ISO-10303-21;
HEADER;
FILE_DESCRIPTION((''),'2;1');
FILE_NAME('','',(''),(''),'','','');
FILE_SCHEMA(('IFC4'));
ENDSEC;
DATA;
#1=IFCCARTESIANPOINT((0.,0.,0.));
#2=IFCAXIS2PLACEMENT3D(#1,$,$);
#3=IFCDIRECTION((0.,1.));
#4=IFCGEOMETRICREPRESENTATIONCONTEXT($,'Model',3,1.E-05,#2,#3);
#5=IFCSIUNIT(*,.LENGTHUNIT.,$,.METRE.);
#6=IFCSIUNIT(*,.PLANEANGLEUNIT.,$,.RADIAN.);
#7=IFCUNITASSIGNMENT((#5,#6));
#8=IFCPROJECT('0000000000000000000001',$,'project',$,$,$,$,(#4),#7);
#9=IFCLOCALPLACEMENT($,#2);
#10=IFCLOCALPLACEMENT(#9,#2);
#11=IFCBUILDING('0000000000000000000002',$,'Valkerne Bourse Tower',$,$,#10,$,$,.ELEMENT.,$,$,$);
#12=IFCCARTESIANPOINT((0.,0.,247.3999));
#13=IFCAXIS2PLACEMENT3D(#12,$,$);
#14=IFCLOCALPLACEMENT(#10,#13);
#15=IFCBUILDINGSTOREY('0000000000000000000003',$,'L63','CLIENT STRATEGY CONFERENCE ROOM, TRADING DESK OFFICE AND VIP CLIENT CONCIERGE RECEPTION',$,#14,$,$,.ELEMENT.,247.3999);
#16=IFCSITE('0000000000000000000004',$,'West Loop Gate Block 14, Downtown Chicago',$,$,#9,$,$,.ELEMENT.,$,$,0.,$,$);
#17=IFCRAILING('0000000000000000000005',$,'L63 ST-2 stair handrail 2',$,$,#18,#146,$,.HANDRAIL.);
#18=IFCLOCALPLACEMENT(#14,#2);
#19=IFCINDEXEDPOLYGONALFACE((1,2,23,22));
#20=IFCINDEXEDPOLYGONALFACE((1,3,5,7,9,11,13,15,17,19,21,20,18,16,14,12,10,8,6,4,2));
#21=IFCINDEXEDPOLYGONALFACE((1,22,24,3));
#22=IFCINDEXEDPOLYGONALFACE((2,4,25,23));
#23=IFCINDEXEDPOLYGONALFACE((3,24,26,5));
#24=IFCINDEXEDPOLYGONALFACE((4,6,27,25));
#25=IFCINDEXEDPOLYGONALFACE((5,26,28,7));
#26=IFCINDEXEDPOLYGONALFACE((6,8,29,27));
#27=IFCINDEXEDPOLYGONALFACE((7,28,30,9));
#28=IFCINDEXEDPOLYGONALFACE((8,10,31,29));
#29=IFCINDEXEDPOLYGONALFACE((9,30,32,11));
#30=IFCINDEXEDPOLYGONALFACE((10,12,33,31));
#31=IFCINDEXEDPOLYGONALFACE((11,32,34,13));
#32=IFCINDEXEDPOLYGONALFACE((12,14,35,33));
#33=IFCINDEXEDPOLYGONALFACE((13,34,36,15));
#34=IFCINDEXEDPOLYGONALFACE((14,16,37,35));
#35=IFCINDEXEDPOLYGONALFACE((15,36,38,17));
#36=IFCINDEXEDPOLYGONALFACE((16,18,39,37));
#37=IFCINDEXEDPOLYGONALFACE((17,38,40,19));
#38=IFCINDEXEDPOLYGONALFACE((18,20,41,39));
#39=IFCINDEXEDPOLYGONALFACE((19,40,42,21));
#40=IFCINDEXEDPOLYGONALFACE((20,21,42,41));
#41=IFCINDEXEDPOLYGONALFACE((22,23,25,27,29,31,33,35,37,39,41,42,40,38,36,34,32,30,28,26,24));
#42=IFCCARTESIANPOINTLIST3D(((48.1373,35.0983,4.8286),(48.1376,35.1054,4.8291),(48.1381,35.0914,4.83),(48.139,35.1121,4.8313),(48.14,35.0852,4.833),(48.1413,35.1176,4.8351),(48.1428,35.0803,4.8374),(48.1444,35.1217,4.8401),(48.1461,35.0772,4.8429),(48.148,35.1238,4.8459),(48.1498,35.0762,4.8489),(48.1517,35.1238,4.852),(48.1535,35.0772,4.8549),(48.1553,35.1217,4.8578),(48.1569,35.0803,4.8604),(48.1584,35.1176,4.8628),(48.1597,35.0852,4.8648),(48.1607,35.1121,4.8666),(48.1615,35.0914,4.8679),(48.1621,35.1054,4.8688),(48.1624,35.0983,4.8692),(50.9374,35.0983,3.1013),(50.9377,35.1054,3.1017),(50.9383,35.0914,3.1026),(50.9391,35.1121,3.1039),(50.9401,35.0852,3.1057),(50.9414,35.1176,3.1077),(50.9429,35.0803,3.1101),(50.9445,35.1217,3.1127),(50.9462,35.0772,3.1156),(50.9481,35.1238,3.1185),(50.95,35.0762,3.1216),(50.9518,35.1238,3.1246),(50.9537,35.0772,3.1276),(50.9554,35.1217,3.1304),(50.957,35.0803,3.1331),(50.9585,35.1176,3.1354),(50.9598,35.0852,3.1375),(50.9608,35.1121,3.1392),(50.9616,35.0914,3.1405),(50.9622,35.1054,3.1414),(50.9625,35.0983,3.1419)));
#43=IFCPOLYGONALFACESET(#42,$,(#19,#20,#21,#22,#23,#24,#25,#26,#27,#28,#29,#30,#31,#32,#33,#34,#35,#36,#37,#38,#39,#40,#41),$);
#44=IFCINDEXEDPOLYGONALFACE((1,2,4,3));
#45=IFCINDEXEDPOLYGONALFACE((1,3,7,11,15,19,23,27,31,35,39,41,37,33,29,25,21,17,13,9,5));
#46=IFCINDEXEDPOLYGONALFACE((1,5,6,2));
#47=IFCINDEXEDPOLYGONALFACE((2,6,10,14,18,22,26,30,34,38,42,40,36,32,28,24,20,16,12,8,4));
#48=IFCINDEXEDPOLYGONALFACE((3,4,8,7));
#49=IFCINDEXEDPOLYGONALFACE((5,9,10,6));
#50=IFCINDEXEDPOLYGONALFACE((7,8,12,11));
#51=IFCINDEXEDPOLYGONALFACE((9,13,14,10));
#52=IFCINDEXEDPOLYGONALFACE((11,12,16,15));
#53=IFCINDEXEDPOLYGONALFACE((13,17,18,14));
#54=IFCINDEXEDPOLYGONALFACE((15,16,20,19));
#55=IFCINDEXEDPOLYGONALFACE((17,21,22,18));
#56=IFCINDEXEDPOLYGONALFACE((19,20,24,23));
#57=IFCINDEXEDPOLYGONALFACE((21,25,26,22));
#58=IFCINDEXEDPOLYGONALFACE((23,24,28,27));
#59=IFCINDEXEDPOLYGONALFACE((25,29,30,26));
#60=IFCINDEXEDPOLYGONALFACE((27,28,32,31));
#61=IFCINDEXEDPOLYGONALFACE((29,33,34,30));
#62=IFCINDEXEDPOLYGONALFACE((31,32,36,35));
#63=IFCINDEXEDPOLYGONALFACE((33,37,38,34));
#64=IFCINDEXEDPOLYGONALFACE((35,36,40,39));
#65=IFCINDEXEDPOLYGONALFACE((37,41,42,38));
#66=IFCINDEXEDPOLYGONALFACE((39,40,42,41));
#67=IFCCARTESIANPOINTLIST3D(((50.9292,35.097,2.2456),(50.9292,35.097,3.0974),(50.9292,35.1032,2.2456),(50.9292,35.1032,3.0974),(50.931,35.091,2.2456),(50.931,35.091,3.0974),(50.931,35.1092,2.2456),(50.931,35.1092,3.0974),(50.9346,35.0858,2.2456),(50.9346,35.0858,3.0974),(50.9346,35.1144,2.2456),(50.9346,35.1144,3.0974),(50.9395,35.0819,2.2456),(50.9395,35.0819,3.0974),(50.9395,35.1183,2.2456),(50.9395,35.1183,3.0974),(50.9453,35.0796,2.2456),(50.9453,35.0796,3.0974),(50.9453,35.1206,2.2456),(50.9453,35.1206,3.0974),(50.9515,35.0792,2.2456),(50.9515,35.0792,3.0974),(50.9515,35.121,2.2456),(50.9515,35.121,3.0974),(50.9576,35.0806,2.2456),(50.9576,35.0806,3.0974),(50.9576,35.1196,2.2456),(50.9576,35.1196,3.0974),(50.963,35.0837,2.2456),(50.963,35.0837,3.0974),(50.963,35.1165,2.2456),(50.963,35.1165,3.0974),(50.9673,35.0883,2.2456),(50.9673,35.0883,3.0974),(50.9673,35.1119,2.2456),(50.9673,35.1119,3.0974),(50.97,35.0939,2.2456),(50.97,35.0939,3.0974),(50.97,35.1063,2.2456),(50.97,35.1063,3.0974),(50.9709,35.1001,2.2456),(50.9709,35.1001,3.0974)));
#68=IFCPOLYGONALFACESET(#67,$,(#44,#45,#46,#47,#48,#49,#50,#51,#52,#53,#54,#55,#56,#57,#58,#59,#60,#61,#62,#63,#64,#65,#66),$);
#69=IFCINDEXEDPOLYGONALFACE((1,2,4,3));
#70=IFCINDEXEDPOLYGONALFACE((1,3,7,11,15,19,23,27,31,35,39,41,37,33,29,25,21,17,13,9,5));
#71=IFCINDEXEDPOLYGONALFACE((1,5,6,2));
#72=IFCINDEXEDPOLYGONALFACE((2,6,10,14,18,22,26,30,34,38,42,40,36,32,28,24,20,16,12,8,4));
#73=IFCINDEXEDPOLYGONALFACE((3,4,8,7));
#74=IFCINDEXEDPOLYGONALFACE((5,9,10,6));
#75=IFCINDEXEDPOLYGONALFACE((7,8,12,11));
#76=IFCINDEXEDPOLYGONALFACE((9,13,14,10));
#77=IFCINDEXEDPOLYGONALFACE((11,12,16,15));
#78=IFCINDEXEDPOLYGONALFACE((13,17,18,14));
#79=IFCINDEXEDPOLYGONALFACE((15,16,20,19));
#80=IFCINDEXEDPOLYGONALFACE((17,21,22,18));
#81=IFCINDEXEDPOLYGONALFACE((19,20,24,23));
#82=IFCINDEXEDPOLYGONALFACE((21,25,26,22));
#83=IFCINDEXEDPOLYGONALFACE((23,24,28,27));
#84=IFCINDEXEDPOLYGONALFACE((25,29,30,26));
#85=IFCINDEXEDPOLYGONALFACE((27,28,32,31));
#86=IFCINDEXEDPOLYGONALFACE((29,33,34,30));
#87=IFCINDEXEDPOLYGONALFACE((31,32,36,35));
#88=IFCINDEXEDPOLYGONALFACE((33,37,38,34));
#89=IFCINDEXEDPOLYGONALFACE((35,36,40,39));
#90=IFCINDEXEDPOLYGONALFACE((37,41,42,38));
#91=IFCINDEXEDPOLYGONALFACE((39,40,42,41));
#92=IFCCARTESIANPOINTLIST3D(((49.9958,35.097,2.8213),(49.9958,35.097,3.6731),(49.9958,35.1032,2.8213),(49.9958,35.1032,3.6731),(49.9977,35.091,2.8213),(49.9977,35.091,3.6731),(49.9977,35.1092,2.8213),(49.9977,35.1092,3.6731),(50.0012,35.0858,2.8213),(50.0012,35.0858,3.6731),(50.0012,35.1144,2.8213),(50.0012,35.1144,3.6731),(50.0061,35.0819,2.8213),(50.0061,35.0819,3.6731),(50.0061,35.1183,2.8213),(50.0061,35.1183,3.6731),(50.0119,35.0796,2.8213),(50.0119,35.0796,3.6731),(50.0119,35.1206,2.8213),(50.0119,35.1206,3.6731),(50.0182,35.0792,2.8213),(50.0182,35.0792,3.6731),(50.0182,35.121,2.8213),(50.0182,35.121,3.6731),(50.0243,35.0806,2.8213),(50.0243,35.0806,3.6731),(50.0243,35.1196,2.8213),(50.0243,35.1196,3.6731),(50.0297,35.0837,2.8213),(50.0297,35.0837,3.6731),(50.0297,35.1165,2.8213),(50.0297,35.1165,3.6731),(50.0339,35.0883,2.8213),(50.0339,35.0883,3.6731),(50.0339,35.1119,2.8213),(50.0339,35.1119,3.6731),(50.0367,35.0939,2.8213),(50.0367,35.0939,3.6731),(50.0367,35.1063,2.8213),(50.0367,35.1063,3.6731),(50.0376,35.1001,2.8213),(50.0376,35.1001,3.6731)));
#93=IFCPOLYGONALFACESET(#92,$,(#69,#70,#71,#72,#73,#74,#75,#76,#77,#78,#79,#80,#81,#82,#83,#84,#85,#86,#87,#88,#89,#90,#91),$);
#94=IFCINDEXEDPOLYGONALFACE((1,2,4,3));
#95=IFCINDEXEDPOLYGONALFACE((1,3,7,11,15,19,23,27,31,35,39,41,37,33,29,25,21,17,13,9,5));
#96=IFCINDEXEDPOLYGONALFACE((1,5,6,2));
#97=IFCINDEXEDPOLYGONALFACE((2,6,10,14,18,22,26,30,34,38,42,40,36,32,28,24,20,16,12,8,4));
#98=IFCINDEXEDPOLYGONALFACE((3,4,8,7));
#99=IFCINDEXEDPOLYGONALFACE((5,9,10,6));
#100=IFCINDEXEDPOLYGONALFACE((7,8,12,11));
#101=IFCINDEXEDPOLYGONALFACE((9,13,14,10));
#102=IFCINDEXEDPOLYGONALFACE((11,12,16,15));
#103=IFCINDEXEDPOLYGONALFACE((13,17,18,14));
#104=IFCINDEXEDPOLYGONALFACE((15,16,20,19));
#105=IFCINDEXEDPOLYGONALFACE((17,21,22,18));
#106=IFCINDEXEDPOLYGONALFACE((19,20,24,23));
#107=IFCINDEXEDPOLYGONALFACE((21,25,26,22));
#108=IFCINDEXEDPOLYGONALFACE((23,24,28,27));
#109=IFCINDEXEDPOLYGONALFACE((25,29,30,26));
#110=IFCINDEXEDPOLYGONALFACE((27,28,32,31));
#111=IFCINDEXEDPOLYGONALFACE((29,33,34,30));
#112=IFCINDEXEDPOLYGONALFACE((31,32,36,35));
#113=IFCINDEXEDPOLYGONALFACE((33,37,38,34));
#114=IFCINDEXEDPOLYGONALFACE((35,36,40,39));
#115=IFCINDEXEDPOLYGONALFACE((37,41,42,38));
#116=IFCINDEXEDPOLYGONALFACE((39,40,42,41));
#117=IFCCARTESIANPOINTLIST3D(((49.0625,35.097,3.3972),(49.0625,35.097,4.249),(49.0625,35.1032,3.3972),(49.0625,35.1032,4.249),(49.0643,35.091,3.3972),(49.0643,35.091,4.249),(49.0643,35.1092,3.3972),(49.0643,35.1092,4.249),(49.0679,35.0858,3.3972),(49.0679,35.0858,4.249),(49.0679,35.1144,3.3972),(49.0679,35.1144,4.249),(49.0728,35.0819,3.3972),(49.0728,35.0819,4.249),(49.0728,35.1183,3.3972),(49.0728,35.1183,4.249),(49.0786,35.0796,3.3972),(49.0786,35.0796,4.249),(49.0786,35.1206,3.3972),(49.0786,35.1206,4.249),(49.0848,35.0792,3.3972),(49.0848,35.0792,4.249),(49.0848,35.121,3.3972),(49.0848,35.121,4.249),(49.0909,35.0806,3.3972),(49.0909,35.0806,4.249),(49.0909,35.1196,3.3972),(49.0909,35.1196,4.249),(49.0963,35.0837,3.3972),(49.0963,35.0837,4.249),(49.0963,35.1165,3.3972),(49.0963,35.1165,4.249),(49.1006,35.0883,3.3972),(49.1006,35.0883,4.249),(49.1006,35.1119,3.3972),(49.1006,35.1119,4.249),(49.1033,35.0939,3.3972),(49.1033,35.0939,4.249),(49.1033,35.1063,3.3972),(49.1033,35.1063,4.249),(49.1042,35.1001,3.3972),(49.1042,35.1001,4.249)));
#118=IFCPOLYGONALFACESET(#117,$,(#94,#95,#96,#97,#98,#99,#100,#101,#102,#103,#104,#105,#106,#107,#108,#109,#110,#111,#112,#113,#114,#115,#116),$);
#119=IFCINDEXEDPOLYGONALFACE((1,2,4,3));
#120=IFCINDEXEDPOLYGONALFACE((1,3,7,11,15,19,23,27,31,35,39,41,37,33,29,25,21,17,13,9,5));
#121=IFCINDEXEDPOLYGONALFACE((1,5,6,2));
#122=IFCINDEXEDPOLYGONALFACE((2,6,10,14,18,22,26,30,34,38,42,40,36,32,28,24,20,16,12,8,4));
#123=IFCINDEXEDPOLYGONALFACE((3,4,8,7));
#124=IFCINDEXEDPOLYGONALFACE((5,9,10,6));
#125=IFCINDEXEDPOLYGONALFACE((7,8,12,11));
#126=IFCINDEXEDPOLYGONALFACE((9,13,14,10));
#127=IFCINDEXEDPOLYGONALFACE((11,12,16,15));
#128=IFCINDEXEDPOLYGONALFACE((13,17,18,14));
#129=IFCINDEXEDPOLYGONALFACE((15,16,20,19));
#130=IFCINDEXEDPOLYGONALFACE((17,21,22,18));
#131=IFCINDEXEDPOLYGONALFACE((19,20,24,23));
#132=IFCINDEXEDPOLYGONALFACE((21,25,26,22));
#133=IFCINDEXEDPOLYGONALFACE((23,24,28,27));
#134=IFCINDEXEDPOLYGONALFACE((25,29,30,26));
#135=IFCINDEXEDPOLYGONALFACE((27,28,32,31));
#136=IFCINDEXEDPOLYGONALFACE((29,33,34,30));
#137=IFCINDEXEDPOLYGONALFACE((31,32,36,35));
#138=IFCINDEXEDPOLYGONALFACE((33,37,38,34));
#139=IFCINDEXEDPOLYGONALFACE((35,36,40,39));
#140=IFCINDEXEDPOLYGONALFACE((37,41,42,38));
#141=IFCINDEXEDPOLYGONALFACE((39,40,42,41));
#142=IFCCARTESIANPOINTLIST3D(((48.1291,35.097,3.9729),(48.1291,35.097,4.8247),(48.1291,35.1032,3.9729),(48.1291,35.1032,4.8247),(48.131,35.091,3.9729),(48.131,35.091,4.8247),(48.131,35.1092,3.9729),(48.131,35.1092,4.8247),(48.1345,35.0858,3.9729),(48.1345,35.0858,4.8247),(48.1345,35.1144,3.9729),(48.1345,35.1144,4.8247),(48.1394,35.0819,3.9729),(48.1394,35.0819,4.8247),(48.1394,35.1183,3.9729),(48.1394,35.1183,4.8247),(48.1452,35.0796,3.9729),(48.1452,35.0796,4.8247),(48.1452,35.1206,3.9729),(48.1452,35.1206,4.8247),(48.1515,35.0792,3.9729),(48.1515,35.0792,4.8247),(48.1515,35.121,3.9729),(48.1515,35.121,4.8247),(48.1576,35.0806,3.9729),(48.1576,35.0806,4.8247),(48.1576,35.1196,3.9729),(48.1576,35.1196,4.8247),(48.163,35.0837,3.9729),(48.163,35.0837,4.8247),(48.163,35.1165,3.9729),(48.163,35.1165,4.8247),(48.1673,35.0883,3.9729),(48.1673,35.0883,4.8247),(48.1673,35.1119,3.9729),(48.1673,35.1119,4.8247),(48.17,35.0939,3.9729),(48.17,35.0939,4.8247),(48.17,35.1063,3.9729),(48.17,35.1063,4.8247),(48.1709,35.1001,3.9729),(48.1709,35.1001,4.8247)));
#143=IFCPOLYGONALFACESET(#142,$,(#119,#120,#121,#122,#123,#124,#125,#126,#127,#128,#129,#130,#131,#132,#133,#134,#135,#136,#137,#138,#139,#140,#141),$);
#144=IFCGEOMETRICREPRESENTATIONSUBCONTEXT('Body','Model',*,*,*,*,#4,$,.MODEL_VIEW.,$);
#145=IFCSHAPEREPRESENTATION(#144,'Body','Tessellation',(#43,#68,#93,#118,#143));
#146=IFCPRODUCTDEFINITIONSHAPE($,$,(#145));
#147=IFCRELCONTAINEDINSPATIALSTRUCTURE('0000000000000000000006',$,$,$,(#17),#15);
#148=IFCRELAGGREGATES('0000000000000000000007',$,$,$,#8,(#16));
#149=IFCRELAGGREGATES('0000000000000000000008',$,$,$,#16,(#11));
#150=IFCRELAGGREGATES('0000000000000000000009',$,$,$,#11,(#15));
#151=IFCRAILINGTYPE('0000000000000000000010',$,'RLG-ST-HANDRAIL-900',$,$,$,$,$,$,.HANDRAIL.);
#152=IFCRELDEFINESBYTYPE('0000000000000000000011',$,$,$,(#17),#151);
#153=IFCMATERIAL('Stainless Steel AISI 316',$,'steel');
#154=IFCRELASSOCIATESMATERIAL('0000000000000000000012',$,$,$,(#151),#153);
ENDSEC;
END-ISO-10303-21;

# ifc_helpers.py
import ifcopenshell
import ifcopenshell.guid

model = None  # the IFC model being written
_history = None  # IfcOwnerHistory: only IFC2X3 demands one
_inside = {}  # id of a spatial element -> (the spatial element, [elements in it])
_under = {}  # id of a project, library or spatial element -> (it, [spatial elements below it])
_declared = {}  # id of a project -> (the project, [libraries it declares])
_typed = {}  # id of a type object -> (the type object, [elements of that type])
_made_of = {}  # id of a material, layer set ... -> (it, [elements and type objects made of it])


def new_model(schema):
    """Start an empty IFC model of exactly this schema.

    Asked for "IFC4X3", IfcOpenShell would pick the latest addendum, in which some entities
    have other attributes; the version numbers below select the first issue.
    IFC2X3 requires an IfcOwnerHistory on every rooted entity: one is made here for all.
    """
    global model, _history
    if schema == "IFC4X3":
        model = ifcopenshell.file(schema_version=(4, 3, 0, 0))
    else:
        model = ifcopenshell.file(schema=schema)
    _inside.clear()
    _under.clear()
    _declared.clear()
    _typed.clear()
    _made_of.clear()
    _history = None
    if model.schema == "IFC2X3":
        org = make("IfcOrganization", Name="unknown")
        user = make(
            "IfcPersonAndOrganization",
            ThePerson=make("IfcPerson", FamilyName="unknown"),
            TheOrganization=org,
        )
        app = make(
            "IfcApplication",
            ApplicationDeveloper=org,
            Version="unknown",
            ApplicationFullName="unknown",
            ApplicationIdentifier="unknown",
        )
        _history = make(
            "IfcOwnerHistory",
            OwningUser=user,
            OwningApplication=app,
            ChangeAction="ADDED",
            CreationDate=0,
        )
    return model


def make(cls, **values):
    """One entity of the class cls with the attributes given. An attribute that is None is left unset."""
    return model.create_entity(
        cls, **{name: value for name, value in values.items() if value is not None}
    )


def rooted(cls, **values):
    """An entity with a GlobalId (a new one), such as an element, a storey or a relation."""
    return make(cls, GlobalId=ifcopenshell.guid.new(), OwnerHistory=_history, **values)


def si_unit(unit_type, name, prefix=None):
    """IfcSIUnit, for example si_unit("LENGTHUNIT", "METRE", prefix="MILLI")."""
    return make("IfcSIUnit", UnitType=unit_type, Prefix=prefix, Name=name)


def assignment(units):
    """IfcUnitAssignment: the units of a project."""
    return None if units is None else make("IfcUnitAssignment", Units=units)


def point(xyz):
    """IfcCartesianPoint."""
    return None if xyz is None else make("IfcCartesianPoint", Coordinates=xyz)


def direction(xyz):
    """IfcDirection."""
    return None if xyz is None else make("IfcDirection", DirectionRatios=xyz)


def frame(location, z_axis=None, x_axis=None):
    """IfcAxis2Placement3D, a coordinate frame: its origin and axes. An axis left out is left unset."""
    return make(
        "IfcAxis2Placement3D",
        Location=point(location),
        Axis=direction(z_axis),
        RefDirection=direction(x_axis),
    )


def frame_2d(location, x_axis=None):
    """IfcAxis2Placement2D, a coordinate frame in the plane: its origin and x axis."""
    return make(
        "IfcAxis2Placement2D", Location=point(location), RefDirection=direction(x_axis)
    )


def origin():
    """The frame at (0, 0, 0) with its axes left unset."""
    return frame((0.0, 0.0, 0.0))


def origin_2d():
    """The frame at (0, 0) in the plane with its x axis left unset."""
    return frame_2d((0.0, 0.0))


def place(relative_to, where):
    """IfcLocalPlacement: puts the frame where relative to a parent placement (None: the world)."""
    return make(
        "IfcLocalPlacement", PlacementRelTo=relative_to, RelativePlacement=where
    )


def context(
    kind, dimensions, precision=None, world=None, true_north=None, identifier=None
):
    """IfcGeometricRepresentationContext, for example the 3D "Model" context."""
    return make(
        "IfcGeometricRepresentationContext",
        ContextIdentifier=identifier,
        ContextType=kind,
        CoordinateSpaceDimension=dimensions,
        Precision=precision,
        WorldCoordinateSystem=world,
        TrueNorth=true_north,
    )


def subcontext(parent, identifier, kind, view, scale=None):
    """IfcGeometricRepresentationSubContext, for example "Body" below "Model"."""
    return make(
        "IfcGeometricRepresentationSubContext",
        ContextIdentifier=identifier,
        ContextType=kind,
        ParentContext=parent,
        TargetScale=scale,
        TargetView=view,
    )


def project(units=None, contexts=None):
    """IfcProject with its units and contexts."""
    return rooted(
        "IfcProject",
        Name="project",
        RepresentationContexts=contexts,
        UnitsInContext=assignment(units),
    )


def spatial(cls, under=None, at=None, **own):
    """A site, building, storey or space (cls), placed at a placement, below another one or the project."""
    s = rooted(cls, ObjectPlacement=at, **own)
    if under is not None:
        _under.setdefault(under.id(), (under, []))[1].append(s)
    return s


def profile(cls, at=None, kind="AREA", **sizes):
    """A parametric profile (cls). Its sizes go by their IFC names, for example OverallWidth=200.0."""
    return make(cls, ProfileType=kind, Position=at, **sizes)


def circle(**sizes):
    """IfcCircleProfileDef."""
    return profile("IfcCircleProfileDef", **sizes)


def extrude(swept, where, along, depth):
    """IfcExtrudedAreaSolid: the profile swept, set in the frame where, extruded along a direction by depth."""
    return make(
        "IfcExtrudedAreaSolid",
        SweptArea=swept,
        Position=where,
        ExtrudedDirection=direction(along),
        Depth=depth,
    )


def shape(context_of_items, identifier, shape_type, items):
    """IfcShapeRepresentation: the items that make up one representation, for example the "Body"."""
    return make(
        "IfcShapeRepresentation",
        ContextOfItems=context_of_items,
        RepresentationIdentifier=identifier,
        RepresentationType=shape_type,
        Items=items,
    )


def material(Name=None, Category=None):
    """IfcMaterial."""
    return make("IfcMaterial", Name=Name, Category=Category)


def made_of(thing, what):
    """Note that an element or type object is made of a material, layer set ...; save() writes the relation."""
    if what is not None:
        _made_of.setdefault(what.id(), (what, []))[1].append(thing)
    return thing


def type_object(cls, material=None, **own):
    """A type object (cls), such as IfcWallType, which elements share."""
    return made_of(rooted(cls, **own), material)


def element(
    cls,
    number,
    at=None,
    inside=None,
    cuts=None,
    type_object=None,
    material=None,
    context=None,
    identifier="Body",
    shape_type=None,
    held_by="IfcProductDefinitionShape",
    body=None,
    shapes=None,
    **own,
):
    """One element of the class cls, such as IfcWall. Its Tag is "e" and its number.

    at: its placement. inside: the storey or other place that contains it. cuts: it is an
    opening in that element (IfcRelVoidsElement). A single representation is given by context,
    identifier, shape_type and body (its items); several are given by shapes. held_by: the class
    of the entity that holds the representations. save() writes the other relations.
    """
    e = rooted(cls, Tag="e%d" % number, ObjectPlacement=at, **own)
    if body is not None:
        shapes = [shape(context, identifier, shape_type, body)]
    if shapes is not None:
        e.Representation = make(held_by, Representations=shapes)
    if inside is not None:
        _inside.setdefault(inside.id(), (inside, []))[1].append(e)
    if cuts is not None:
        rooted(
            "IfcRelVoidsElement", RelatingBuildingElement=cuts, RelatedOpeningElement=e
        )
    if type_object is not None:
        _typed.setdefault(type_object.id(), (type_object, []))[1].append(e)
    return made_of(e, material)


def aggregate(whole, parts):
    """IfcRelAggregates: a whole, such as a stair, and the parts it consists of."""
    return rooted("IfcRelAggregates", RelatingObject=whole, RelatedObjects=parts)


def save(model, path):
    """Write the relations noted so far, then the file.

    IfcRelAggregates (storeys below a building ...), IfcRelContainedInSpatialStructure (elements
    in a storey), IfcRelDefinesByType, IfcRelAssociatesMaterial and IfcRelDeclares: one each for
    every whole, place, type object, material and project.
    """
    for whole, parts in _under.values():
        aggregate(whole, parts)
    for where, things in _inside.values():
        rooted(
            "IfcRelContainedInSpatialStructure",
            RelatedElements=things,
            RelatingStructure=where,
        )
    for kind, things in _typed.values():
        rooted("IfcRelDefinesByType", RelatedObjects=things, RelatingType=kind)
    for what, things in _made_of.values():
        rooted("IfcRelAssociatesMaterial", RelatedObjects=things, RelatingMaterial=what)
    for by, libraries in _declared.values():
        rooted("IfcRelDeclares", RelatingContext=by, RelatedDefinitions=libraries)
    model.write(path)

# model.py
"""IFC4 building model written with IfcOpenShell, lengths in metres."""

from ifc_helpers import new_model, si_unit, direction, frame, origin, origin_2d, place, context, subcontext, project, spatial, circle, extrude, material, type_object, element, save


model = new_model("IFC4")

# Units and contexts
model_context = context("Model", 3, precision=1e-05, world=origin(), true_north=direction((0.0, 1.0)))
body_context = subcontext(model_context, "Body", "Model", "MODEL_VIEW")
ifc_project = project(units=[si_unit("LENGTHUNIT", "METRE"), si_unit("PLANEANGLEUNIT", "RADIAN")], contexts=[model_context])

# Site, building, storey
site_placement = place(None, origin())
site = spatial("IfcSite", under=ifc_project, at=site_placement, Name="West Loop Gate Block 14, Downtown Chicago", CompositionType="ELEMENT", RefElevation=0.0)
building_placement = place(site_placement, origin())
building = spatial("IfcBuilding", under=site, at=building_placement, Name="Valkerne Bourse Tower", CompositionType="ELEMENT")
storey_placement = place(building_placement, frame((0.0, 0.0, 247.3999)))
storey = spatial("IfcBuildingStorey", under=building, at=storey_placement, Name="L63", Description="CLIENT STRATEGY CONFERENCE ROOM, TRADING DESK OFFICE AND VIP CLIENT CONCIERGE RECEPTION", CompositionType="ELEMENT", Elevation=247.3999)

# Shared definitions
ifc_material_1 = material(Name="Stainless Steel AISI 316", Category="steel")

# Railing
railing_type_1 = type_object("IfcRailingType", Name="RLG-ST-HANDRAIL-900", PredefinedType="HANDRAIL", material=ifc_material_1)
railing_1_placement = place(storey_placement, frame((50.95, 35.1001, 2.2456)))
element("IfcRailing", 1, at=railing_1_placement, inside=storey, type_object=railing_type_1, Name="L63 ST-2 stair handrail 2", PredefinedType="HANDRAIL", context=body_context, shape_type="SweptSolid", body=[
    extrude(circle(Radius=0.0239, at=origin_2d()), frame((0.0, 0.0, 0.876), z_axis=(-0.85109, 0.0, 0.52502), x_axis=(0.0, -1.0, 0.0)), (0.0, 0.0, 1.0), 3.29),
    extrude(circle(Radius=0.021, at=origin_2d()), origin(), (0.0, 0.0, 1.0), 0.8518),
    extrude(circle(Radius=0.021, at=origin_2d()), frame((-0.9333, 0.0, 0.5757)), (0.0, 0.0, 1.0), 0.8518),
    extrude(circle(Radius=0.021, at=origin_2d()), frame((-1.8667, 0.0, 1.1516)), (0.0, 0.0, 1.0), 0.8518),
    extrude(circle(Radius=0.021, at=origin_2d()), frame((-2.8, 0.0, 1.7273)), (0.0, 0.0, 1.0), 0.8518),
])

save(model, "model.ifc")
